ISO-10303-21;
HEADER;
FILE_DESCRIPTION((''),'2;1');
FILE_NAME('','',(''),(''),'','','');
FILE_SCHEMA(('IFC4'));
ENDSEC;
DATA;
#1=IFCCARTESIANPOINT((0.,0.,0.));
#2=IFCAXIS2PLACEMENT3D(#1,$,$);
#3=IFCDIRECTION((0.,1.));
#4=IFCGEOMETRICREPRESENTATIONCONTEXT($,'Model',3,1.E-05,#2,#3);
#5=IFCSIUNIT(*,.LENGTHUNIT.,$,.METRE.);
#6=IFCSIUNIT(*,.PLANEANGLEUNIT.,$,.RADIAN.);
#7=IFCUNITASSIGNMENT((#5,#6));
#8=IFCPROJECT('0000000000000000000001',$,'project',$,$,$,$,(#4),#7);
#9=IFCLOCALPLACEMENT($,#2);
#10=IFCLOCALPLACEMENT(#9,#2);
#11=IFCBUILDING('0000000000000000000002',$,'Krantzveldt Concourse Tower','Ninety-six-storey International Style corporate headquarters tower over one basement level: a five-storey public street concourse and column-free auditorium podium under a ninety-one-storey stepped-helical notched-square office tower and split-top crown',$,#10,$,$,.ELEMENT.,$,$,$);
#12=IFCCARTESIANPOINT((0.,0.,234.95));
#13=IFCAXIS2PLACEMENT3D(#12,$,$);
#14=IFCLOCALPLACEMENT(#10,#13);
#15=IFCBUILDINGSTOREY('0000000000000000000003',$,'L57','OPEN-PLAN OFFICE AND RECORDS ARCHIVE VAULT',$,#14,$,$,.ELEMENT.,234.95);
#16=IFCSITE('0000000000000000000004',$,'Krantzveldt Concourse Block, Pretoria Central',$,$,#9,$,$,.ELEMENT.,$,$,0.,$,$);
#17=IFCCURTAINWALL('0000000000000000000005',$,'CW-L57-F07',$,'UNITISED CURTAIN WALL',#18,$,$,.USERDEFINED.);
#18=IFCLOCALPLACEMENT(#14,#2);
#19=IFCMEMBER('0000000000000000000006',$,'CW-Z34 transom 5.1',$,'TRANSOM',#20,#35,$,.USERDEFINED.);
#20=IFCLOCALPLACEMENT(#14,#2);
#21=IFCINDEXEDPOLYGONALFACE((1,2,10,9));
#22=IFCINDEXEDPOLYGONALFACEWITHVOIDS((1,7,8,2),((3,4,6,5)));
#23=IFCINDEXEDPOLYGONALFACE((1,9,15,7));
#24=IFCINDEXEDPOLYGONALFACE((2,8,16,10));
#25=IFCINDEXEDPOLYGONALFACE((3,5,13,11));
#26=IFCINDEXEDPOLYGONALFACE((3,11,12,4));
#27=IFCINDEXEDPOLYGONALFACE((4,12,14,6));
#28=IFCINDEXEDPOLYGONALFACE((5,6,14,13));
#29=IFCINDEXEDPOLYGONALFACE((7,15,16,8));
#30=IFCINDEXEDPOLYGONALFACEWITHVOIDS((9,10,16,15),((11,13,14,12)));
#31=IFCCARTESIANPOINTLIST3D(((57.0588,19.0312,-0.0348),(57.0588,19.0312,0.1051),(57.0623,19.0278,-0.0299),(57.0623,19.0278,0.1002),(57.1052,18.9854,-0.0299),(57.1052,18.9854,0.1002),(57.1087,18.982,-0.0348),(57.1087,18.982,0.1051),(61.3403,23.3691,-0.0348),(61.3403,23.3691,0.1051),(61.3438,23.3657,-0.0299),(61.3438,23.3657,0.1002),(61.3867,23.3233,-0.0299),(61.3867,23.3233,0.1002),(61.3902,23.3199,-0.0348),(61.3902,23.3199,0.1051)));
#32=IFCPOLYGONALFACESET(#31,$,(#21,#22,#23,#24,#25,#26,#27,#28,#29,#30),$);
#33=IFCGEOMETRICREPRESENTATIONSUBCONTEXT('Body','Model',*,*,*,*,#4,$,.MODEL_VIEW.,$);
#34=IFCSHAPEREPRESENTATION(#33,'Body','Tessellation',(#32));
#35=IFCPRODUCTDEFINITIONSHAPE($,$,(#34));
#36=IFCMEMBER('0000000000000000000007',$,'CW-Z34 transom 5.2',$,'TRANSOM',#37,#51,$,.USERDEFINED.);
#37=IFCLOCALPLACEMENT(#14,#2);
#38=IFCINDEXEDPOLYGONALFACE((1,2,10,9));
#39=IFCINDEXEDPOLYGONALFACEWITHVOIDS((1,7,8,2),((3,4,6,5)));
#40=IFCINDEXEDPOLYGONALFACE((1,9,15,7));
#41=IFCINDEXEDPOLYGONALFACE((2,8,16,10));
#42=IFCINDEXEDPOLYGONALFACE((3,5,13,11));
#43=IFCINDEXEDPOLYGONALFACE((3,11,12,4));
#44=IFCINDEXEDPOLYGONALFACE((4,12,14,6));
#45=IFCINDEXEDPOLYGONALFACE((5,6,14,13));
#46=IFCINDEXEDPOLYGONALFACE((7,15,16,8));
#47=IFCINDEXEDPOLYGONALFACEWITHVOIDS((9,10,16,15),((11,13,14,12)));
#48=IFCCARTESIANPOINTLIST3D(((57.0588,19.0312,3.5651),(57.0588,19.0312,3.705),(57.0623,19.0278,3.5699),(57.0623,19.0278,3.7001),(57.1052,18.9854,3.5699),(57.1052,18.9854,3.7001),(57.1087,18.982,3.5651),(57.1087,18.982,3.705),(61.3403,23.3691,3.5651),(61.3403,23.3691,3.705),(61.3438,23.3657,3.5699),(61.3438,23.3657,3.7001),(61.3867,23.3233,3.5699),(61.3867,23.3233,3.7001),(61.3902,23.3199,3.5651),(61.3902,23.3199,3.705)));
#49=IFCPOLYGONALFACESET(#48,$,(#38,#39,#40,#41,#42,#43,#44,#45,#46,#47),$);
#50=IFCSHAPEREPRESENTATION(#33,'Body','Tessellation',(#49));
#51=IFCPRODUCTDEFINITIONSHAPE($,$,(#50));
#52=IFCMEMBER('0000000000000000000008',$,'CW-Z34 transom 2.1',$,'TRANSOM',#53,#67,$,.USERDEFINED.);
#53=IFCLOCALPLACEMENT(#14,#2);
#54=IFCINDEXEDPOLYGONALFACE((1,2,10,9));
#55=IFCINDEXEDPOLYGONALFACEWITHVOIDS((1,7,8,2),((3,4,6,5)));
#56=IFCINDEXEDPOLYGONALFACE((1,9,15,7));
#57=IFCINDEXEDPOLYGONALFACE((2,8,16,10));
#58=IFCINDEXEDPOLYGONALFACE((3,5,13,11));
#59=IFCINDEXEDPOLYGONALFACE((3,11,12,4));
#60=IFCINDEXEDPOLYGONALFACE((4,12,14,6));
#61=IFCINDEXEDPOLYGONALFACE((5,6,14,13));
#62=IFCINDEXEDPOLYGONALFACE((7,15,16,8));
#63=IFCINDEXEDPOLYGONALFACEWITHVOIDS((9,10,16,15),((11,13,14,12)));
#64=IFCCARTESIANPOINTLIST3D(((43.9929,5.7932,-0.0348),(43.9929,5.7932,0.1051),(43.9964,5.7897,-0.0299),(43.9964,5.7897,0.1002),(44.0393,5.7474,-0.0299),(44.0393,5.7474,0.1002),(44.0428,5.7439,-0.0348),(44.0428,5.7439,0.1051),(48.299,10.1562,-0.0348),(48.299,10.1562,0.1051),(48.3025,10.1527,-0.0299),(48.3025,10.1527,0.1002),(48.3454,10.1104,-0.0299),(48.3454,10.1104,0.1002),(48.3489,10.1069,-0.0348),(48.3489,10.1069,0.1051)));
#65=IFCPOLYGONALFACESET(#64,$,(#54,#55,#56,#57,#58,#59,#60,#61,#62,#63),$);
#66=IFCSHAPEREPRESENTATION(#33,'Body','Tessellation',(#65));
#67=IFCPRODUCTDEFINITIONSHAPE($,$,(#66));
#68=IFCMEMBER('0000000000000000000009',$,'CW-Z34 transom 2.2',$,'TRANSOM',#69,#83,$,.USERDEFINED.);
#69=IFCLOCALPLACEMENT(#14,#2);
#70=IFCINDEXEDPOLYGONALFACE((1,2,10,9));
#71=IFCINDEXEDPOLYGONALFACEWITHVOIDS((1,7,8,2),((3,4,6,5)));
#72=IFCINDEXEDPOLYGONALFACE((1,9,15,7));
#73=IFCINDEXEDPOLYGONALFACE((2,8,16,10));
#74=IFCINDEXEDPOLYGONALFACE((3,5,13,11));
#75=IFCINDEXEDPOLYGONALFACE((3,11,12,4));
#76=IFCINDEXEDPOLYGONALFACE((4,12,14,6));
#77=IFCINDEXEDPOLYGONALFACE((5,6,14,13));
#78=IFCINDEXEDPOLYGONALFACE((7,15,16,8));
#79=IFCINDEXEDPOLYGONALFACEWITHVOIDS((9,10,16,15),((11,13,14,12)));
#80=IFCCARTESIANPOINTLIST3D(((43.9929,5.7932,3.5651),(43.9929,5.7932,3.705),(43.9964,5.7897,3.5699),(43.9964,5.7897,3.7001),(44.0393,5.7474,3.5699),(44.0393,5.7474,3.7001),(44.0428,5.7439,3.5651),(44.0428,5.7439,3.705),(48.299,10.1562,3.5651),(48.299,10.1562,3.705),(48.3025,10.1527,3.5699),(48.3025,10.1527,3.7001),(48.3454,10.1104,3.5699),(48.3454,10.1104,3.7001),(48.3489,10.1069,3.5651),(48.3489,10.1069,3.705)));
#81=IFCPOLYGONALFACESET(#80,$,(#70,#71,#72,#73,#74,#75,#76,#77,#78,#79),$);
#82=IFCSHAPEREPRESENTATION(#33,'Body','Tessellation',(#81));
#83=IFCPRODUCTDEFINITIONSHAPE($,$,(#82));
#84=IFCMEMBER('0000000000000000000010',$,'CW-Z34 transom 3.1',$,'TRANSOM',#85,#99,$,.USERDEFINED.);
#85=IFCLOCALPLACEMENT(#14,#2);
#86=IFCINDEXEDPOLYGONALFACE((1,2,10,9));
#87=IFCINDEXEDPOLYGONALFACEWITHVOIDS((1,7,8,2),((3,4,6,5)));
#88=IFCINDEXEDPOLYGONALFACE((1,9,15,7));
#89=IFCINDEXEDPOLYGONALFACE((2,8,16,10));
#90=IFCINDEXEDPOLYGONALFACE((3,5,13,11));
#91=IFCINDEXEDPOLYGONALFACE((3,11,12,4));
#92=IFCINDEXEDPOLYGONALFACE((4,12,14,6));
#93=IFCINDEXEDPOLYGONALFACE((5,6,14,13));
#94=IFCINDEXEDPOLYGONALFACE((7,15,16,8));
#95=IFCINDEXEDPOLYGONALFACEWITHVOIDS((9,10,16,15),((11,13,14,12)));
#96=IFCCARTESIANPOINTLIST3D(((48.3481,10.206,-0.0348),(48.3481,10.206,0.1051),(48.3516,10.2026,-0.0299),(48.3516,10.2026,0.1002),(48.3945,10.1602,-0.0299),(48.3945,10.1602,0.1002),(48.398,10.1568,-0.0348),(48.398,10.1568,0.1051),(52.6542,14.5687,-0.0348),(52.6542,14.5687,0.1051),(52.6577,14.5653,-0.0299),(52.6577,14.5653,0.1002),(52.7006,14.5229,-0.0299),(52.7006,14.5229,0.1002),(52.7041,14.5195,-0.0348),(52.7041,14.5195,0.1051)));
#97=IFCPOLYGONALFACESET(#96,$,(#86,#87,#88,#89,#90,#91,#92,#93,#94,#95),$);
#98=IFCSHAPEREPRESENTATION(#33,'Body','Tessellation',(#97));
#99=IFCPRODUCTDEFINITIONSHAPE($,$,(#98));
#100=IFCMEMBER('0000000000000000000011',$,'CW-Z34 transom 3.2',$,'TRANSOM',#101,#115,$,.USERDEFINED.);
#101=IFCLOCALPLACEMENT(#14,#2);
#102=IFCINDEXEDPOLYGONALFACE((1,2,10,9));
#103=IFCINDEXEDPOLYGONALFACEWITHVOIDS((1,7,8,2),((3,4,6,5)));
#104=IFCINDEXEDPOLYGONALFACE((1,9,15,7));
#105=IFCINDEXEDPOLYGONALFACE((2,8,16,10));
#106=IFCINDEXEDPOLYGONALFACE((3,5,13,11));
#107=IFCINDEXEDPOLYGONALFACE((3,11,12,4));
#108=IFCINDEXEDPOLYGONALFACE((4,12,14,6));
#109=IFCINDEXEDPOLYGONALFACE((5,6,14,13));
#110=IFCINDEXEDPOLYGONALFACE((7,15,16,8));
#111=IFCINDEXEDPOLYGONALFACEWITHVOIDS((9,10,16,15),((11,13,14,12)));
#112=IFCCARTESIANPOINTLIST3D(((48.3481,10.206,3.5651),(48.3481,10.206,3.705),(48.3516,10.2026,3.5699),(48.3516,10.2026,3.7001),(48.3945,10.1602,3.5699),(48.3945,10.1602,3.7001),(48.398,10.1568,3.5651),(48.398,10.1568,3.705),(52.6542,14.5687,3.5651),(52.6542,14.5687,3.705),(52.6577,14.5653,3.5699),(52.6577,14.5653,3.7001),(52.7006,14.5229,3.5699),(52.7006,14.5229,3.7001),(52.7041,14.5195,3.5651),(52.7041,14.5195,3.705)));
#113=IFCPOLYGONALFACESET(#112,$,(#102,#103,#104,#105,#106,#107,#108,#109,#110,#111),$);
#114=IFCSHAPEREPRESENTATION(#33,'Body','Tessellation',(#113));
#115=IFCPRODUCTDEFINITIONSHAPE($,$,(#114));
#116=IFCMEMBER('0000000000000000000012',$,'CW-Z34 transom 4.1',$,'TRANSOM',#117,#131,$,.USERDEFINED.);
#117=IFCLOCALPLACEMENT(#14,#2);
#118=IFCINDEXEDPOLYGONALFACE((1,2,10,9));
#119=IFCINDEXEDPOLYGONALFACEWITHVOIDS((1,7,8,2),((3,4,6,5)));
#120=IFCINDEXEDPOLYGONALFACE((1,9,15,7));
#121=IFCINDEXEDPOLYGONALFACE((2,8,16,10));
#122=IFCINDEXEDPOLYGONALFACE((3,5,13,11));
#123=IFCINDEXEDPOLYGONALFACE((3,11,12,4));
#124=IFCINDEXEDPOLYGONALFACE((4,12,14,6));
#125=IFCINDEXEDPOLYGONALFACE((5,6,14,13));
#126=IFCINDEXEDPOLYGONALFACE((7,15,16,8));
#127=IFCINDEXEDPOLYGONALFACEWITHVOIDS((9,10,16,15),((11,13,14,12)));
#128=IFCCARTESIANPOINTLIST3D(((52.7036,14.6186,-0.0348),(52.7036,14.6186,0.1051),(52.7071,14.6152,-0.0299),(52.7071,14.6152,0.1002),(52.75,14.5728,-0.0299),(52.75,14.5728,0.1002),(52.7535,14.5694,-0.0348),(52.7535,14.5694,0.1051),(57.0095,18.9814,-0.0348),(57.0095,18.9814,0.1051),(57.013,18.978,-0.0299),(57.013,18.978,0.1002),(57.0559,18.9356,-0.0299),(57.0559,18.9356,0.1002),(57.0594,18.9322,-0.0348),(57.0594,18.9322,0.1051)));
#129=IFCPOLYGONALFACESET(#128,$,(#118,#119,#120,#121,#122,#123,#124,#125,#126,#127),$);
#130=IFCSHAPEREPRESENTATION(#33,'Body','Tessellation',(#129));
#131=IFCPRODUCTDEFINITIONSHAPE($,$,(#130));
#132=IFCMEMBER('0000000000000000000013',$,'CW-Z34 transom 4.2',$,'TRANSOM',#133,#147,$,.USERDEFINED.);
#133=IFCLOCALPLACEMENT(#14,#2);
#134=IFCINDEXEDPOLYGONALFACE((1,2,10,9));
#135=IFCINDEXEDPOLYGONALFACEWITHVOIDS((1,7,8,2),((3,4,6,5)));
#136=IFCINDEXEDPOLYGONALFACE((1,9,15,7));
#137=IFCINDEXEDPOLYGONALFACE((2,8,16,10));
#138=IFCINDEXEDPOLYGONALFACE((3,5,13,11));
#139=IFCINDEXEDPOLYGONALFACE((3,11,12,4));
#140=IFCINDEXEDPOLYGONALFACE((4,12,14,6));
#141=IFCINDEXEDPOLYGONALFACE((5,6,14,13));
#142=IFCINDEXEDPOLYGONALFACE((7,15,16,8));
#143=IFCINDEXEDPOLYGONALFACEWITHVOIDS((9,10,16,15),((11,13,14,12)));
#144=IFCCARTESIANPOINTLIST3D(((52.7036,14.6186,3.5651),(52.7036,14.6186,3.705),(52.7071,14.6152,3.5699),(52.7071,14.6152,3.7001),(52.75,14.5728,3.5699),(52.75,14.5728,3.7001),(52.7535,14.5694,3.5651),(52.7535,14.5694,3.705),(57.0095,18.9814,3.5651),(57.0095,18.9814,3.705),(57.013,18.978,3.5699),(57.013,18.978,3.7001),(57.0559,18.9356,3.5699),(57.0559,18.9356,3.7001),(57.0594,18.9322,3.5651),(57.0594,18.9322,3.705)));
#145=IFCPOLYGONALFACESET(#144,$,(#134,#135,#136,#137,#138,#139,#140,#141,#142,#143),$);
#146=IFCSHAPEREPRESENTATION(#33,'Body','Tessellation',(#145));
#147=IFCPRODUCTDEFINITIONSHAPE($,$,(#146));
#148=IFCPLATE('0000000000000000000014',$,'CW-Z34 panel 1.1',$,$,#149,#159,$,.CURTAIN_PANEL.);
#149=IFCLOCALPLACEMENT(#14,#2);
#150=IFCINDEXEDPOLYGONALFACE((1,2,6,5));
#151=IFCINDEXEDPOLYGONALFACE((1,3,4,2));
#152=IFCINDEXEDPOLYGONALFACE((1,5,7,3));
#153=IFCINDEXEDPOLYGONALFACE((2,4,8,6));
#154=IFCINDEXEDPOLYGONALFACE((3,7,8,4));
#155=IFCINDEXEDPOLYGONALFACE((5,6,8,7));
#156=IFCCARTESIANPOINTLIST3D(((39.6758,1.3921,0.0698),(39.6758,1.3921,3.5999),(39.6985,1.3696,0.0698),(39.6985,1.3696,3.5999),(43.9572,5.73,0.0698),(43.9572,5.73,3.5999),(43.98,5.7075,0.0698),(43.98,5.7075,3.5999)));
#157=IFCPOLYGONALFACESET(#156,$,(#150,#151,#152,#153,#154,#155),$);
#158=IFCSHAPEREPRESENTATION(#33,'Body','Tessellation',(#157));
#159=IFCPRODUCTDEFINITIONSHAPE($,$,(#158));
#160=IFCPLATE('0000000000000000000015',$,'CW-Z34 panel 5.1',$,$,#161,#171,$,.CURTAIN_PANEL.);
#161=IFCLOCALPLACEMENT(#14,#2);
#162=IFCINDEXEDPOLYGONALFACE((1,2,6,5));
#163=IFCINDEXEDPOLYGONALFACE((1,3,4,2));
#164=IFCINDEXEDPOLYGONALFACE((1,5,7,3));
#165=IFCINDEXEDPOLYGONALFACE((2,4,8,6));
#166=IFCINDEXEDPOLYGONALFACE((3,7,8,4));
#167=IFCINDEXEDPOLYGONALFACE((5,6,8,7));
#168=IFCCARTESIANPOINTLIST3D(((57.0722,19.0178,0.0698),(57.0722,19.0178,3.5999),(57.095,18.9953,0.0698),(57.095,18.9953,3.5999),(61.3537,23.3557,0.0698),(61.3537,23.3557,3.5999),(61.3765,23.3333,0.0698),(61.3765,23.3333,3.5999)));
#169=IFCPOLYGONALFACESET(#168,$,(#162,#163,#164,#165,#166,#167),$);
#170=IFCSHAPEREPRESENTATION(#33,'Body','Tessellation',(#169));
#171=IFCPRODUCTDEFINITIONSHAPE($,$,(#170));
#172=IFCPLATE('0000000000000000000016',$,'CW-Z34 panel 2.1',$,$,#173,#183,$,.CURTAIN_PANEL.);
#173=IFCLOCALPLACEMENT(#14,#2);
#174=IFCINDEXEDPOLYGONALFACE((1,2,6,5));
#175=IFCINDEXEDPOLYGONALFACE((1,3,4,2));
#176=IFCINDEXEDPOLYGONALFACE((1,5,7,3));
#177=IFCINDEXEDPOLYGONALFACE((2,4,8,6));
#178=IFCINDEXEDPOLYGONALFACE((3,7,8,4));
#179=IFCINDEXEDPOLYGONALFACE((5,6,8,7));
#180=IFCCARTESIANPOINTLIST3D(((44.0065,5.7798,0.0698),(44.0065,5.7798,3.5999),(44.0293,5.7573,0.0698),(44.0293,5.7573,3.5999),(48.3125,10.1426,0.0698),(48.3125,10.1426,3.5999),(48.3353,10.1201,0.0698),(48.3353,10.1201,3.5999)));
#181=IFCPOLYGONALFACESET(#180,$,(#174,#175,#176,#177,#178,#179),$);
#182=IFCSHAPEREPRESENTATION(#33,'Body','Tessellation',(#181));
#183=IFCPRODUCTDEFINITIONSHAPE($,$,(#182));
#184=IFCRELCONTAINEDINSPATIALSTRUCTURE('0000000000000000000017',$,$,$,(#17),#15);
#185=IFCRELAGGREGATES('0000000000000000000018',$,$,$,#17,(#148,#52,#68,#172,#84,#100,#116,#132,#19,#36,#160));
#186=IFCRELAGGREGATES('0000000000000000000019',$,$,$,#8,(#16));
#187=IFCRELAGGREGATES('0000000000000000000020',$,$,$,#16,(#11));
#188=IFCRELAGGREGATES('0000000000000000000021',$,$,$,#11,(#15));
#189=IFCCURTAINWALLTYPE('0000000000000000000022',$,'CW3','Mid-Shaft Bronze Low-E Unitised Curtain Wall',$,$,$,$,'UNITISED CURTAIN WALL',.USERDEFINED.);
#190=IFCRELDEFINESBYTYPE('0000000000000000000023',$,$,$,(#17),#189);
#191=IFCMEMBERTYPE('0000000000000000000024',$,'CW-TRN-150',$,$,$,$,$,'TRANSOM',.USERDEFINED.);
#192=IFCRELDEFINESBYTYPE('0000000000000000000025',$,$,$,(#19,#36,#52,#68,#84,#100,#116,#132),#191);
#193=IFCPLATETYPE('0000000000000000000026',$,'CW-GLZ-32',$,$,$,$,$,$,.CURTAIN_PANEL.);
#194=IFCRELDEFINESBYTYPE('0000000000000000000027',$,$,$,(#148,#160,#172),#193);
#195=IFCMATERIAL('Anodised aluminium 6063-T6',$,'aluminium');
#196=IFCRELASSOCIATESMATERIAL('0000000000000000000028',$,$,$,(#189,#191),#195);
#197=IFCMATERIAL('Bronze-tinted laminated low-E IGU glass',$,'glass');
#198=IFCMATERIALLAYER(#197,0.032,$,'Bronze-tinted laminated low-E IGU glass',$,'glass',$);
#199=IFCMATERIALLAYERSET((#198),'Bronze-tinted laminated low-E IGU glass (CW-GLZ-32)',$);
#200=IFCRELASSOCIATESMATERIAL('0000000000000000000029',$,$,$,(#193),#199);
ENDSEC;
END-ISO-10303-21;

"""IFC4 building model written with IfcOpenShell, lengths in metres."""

from ifc_helpers import new_model, si_unit, direction, frame, origin, origin_2d, place, context, subcontext, project, spatial, rectangle, hollow_rectangle, extrude, source, transform, mapped, material, layer, layer_set, material_profile, profile_set, type_object, type_shapes, element, aggregate, save


model = new_model("IFC4")

# Units and contexts
model_context = context("Model", 3, precision=1e-05, world=origin(), true_north=direction((0.0, 1.0)))
body_context = subcontext(model_context, "Body", "Model", "MODEL_VIEW")
ifc_project = project(units=[si_unit("LENGTHUNIT", "METRE"), si_unit("PLANEANGLEUNIT", "RADIAN")], contexts=[model_context])

# Site, building, storey
site_placement = place(None, origin())
site = spatial("IfcSite", under=ifc_project, at=site_placement, Name="Krantzveldt Concourse Block, Pretoria Central", CompositionType="ELEMENT", RefElevation=0.0)
building_placement = place(site_placement, origin())
building = spatial("IfcBuilding", under=site, at=building_placement, Name="Krantzveldt Concourse Tower", Description="Ninety-six-storey International Style corporate headquarters tower over one basement level: a five-storey public street concourse and column-free auditorium podium under a ninety-one-storey stepped-helical notched-square office tower and split-top crown", CompositionType="ELEMENT")
storey_placement = place(building_placement, frame((0.0, 0.0, 234.95)))
storey = spatial("IfcBuildingStorey", under=building, at=storey_placement, Name="L57", Description="OPEN-PLAN OFFICE AND RECORDS ARCHIVE VAULT", CompositionType="ELEMENT", Elevation=234.95)

# Curtain wall, members, plates
ifc_material_1 = material(Name="Anodised aluminium 6063-T6", Category="aluminium")
curtain_wall_type = type_object("IfcCurtainWallType", Name="CW3", Description="Mid-Shaft Bronze Low-E Unitised Curtain Wall", ElementType="UNITISED CURTAIN WALL", PredefinedType="USERDEFINED", material=ifc_material_1)
curtain_wall_placement = place(storey_placement, origin())
curtain_wall = element("IfcCurtainWall", 1, at=curtain_wall_placement, inside=storey, type_object=curtain_wall_type, Name="CW-L57-F07", ObjectType="UNITISED CURTAIN WALL", PredefinedType="USERDEFINED")
ifc_material_profile_1 = material_profile(ifc_material_1, hollow_rectangle(XDim=0.0701, YDim=0.1399, WallThickness=0.0049, at=origin_2d()), Name="Anodised aluminium 6063-T6", Category="aluminium")
ifc_profile_set_1 = profile_set([ifc_material_profile_1], Name="Anodised aluminium 6063-T6 - ALU-TRAN 140x70x5")
member_type_1 = type_object("IfcMemberType", Name="CW-TRN-150", ElementType="TRANSOM", PredefinedType="USERDEFINED", material=ifc_profile_set_1)
shared_shape_1 = source(origin(), body_context, "Body", "SweptSolid", [
    extrude(hollow_rectangle(XDim=0.0701, YDim=0.1399, WallThickness=0.0049, at=origin_2d()), origin(), (0.0, 0.0, 1.0), 6.095),
])
member_1_placement = place(storey_placement, frame((57.0837, 19.0066, 0.0352), z_axis=(0.702465, 0.711718, 0.0), x_axis=(-0.711718, 0.702465, 0.0)))
member_1 = element("IfcMember", 2, at=member_1_placement, type_object=member_type_1, Name="CW-Z34 transom 5.1", ObjectType="TRANSOM", PredefinedType="USERDEFINED", context=body_context, shape_type="MappedRepresentation", body=[
    mapped(shared_shape_1, transform((0.0, 0.0, 0.0), x_axis=(1.0, 0.0, 0.0), y_axis=(0.0, 1.0, 0.0), z_axis=(0.0, 0.0, 1.0), scale=1.0)),
])
member_2_placement = place(storey_placement, frame((57.0837, 19.0066, 3.635), z_axis=(0.702465, 0.711718, 0.0), x_axis=(-0.711718, 0.702465, 0.0)))
member_2 = element("IfcMember", 3, at=member_2_placement, type_object=member_type_1, Name="CW-Z34 transom 5.2", ObjectType="TRANSOM", PredefinedType="USERDEFINED", context=body_context, shape_type="MappedRepresentation", body=[
    mapped(shared_shape_1, transform((0.0, 0.0, 0.0), x_axis=(1.0, 0.0, 0.0), y_axis=(0.0, 1.0, 0.0), z_axis=(0.0, 0.0, 1.0), scale=1.0)),
])
shared_shape_2 = source(origin(), body_context, "Body", "SweptSolid", [
    extrude(hollow_rectangle(XDim=0.0701, YDim=0.1399, WallThickness=0.0049, at=origin_2d()), origin(), (0.0, 0.0, 1.0), 6.1301),
])
member_3_placement = place(storey_placement, frame((44.0178, 5.7686, 0.0352), z_axis=(0.702452, 0.711731, 0.0), x_axis=(-0.711731, 0.702452, 0.0)))
member_3 = element("IfcMember", 4, at=member_3_placement, type_object=member_type_1, Name="CW-Z34 transom 2.1", ObjectType="TRANSOM", PredefinedType="USERDEFINED", context=body_context, shape_type="MappedRepresentation", body=[
    mapped(shared_shape_2, transform((0.0, 0.0, 0.0), x_axis=(1.0, 0.0, 0.0), y_axis=(0.0, 1.0, 0.0), z_axis=(0.0, 0.0, 1.0), scale=1.0)),
])
member_4_placement = place(storey_placement, frame((44.0178, 5.7686, 3.635), z_axis=(0.702452, 0.711731, 0.0), x_axis=(-0.711731, 0.702452, 0.0)))
member_4 = element("IfcMember", 5, at=member_4_placement, type_object=member_type_1, Name="CW-Z34 transom 2.2", ObjectType="TRANSOM", PredefinedType="USERDEFINED", context=body_context, shape_type="MappedRepresentation", body=[
    mapped(shared_shape_2, transform((0.0, 0.0, 0.0), x_axis=(1.0, 0.0, 0.0), y_axis=(0.0, 1.0, 0.0), z_axis=(0.0, 0.0, 1.0), scale=1.0)),
])
shared_shape_3 = source(origin(), body_context, "Body", "SweptSolid", [
    extrude(hollow_rectangle(XDim=0.0701, YDim=0.1399, WallThickness=0.0049, at=origin_2d()), origin(), (0.0, 0.0, 1.0), 6.1299),
])
type_shapes(member_type_1, [shared_shape_1, shared_shape_2, shared_shape_3])
member_5_placement = place(storey_placement, frame((48.373, 10.1814, 0.0352), z_axis=(0.702472, 0.711712, 0.0), x_axis=(-0.711712, 0.702472, 0.0)))
member_5 = element("IfcMember", 6, at=member_5_placement, type_object=member_type_1, Name="CW-Z34 transom 3.1", ObjectType="TRANSOM", PredefinedType="USERDEFINED", context=body_context, shape_type="MappedRepresentation", body=[
    mapped(shared_shape_3, transform((0.0, 0.0, 0.0), x_axis=(1.0, 0.0, 0.0), y_axis=(0.0, 1.0, 0.0), z_axis=(0.0, 0.0, 1.0), scale=1.0)),
])
member_6_placement = place(storey_placement, frame((48.373, 10.1814, 3.635), z_axis=(0.702472, 0.711712, 0.0), x_axis=(-0.711712, 0.702472, 0.0)))
member_6 = element("IfcMember", 7, at=member_6_placement, type_object=member_type_1, Name="CW-Z34 transom 3.2", ObjectType="TRANSOM", PredefinedType="USERDEFINED", context=body_context, shape_type="MappedRepresentation", body=[
    mapped(shared_shape_3, transform((0.0, 0.0, 0.0), x_axis=(1.0, 0.0, 0.0), y_axis=(0.0, 1.0, 0.0), z_axis=(0.0, 0.0, 1.0), scale=1.0)),
])
member_7_placement = place(storey_placement, frame((52.7285, 14.594, 0.0352), z_axis=(0.702452, 0.711732, 0.0), x_axis=(-0.711732, 0.702452, 0.0)))
member_7 = element("IfcMember", 8, at=member_7_placement, type_object=member_type_1, Name="CW-Z34 transom 4.1", ObjectType="TRANSOM", PredefinedType="USERDEFINED", context=body_context, shape_type="MappedRepresentation", body=[
    mapped(shared_shape_3, transform((0.0, 0.0, 0.0), x_axis=(1.0, 0.0, 0.0), y_axis=(0.0, 1.0, 0.0), z_axis=(0.0, 0.0, 1.0), scale=1.0)),
])
member_8_placement = place(storey_placement, frame((52.7285, 14.594, 3.635), z_axis=(0.702452, 0.711732, 0.0), x_axis=(-0.711732, 0.702452, 0.0)))
member_8 = element("IfcMember", 9, at=member_8_placement, type_object=member_type_1, Name="CW-Z34 transom 4.2", ObjectType="TRANSOM", PredefinedType="USERDEFINED", context=body_context, shape_type="MappedRepresentation", body=[
    mapped(shared_shape_3, transform((0.0, 0.0, 0.0), x_axis=(1.0, 0.0, 0.0), y_axis=(0.0, 1.0, 0.0), z_axis=(0.0, 0.0, 1.0), scale=1.0)),
])
ifc_material_2 = material(Name="Bronze-tinted laminated low-E IGU glass", Category="glass")
ifc_layer_1 = layer(ifc_material_2, 0.032, Name="Bronze-tinted laminated low-E IGU glass", Category="glass")
ifc_layer_set_1 = layer_set([ifc_layer_1], Name="Bronze-tinted laminated low-E IGU glass (CW-GLZ-32)")
plate_type = type_object("IfcPlateType", Name="CW-GLZ-32", PredefinedType="CURTAIN_PANEL", material=ifc_layer_set_1)
shared_shape_4 = source(origin(), body_context, "Body", "SweptSolid", [
    extrude(rectangle(XDim=6.095, YDim=0.032, at=origin_2d()), origin(), (0.0, 0.0, 1.0), 3.53),
])
plate_1_placement = place(storey_placement, frame((41.8279, 3.5498, 0.0698), z_axis=(0.0, 0.0, 1.0), x_axis=(0.702464, 0.71172, 0.0)))
plate_1 = element("IfcPlate", 10, at=plate_1_placement, type_object=plate_type, Name="CW-Z34 panel 1.1", PredefinedType="CURTAIN_PANEL", context=body_context, shape_type="MappedRepresentation", body=[
    mapped(shared_shape_4, transform((0.0, 0.0, 0.0), x_axis=(1.0, 0.0, 0.0), y_axis=(0.0, 1.0, 0.0), z_axis=(0.0, 0.0, 1.0), scale=1.0)),
])
plate_2_placement = place(storey_placement, frame((59.2244, 21.1755, 0.0698), z_axis=(0.0, 0.0, 1.0), x_axis=(0.702464, 0.71172, 0.0)))
plate_2 = element("IfcPlate", 11, at=plate_2_placement, type_object=plate_type, Name="CW-Z34 panel 5.1", PredefinedType="CURTAIN_PANEL", context=body_context, shape_type="MappedRepresentation", body=[
    mapped(shared_shape_4, transform((0.0, 0.0, 0.0), x_axis=(1.0, 0.0, 0.0), y_axis=(0.0, 1.0, 0.0), z_axis=(0.0, 0.0, 1.0), scale=1.0)),
])
shared_shape_5 = source(origin(), body_context, "Body", "SweptSolid", [
    extrude(rectangle(XDim=6.1299, YDim=0.032, at=origin_2d()), origin(), (0.0, 0.0, 1.0), 3.53),
])
type_shapes(plate_type, [shared_shape_4, shared_shape_5])
plate_3_placement = place(storey_placement, frame((46.1709, 7.95, 0.0698), z_axis=(0.0, 0.0, 1.0), x_axis=(0.702464, 0.71172, 0.0)))
plate_3 = element("IfcPlate", 12, at=plate_3_placement, type_object=plate_type, Name="CW-Z34 panel 2.1", PredefinedType="CURTAIN_PANEL", context=body_context, shape_type="MappedRepresentation", body=[
    mapped(shared_shape_5, transform((0.0, 0.0, 0.0), x_axis=(1.0, 0.0, 0.0), y_axis=(0.0, 1.0, 0.0), z_axis=(0.0, 0.0, 1.0), scale=1.0)),
])
aggregate(curtain_wall, [plate_1, member_3, member_4, plate_3, member_5, member_6, member_7, member_8, member_1, member_2, plate_2])

save(model, "model.ifc")
